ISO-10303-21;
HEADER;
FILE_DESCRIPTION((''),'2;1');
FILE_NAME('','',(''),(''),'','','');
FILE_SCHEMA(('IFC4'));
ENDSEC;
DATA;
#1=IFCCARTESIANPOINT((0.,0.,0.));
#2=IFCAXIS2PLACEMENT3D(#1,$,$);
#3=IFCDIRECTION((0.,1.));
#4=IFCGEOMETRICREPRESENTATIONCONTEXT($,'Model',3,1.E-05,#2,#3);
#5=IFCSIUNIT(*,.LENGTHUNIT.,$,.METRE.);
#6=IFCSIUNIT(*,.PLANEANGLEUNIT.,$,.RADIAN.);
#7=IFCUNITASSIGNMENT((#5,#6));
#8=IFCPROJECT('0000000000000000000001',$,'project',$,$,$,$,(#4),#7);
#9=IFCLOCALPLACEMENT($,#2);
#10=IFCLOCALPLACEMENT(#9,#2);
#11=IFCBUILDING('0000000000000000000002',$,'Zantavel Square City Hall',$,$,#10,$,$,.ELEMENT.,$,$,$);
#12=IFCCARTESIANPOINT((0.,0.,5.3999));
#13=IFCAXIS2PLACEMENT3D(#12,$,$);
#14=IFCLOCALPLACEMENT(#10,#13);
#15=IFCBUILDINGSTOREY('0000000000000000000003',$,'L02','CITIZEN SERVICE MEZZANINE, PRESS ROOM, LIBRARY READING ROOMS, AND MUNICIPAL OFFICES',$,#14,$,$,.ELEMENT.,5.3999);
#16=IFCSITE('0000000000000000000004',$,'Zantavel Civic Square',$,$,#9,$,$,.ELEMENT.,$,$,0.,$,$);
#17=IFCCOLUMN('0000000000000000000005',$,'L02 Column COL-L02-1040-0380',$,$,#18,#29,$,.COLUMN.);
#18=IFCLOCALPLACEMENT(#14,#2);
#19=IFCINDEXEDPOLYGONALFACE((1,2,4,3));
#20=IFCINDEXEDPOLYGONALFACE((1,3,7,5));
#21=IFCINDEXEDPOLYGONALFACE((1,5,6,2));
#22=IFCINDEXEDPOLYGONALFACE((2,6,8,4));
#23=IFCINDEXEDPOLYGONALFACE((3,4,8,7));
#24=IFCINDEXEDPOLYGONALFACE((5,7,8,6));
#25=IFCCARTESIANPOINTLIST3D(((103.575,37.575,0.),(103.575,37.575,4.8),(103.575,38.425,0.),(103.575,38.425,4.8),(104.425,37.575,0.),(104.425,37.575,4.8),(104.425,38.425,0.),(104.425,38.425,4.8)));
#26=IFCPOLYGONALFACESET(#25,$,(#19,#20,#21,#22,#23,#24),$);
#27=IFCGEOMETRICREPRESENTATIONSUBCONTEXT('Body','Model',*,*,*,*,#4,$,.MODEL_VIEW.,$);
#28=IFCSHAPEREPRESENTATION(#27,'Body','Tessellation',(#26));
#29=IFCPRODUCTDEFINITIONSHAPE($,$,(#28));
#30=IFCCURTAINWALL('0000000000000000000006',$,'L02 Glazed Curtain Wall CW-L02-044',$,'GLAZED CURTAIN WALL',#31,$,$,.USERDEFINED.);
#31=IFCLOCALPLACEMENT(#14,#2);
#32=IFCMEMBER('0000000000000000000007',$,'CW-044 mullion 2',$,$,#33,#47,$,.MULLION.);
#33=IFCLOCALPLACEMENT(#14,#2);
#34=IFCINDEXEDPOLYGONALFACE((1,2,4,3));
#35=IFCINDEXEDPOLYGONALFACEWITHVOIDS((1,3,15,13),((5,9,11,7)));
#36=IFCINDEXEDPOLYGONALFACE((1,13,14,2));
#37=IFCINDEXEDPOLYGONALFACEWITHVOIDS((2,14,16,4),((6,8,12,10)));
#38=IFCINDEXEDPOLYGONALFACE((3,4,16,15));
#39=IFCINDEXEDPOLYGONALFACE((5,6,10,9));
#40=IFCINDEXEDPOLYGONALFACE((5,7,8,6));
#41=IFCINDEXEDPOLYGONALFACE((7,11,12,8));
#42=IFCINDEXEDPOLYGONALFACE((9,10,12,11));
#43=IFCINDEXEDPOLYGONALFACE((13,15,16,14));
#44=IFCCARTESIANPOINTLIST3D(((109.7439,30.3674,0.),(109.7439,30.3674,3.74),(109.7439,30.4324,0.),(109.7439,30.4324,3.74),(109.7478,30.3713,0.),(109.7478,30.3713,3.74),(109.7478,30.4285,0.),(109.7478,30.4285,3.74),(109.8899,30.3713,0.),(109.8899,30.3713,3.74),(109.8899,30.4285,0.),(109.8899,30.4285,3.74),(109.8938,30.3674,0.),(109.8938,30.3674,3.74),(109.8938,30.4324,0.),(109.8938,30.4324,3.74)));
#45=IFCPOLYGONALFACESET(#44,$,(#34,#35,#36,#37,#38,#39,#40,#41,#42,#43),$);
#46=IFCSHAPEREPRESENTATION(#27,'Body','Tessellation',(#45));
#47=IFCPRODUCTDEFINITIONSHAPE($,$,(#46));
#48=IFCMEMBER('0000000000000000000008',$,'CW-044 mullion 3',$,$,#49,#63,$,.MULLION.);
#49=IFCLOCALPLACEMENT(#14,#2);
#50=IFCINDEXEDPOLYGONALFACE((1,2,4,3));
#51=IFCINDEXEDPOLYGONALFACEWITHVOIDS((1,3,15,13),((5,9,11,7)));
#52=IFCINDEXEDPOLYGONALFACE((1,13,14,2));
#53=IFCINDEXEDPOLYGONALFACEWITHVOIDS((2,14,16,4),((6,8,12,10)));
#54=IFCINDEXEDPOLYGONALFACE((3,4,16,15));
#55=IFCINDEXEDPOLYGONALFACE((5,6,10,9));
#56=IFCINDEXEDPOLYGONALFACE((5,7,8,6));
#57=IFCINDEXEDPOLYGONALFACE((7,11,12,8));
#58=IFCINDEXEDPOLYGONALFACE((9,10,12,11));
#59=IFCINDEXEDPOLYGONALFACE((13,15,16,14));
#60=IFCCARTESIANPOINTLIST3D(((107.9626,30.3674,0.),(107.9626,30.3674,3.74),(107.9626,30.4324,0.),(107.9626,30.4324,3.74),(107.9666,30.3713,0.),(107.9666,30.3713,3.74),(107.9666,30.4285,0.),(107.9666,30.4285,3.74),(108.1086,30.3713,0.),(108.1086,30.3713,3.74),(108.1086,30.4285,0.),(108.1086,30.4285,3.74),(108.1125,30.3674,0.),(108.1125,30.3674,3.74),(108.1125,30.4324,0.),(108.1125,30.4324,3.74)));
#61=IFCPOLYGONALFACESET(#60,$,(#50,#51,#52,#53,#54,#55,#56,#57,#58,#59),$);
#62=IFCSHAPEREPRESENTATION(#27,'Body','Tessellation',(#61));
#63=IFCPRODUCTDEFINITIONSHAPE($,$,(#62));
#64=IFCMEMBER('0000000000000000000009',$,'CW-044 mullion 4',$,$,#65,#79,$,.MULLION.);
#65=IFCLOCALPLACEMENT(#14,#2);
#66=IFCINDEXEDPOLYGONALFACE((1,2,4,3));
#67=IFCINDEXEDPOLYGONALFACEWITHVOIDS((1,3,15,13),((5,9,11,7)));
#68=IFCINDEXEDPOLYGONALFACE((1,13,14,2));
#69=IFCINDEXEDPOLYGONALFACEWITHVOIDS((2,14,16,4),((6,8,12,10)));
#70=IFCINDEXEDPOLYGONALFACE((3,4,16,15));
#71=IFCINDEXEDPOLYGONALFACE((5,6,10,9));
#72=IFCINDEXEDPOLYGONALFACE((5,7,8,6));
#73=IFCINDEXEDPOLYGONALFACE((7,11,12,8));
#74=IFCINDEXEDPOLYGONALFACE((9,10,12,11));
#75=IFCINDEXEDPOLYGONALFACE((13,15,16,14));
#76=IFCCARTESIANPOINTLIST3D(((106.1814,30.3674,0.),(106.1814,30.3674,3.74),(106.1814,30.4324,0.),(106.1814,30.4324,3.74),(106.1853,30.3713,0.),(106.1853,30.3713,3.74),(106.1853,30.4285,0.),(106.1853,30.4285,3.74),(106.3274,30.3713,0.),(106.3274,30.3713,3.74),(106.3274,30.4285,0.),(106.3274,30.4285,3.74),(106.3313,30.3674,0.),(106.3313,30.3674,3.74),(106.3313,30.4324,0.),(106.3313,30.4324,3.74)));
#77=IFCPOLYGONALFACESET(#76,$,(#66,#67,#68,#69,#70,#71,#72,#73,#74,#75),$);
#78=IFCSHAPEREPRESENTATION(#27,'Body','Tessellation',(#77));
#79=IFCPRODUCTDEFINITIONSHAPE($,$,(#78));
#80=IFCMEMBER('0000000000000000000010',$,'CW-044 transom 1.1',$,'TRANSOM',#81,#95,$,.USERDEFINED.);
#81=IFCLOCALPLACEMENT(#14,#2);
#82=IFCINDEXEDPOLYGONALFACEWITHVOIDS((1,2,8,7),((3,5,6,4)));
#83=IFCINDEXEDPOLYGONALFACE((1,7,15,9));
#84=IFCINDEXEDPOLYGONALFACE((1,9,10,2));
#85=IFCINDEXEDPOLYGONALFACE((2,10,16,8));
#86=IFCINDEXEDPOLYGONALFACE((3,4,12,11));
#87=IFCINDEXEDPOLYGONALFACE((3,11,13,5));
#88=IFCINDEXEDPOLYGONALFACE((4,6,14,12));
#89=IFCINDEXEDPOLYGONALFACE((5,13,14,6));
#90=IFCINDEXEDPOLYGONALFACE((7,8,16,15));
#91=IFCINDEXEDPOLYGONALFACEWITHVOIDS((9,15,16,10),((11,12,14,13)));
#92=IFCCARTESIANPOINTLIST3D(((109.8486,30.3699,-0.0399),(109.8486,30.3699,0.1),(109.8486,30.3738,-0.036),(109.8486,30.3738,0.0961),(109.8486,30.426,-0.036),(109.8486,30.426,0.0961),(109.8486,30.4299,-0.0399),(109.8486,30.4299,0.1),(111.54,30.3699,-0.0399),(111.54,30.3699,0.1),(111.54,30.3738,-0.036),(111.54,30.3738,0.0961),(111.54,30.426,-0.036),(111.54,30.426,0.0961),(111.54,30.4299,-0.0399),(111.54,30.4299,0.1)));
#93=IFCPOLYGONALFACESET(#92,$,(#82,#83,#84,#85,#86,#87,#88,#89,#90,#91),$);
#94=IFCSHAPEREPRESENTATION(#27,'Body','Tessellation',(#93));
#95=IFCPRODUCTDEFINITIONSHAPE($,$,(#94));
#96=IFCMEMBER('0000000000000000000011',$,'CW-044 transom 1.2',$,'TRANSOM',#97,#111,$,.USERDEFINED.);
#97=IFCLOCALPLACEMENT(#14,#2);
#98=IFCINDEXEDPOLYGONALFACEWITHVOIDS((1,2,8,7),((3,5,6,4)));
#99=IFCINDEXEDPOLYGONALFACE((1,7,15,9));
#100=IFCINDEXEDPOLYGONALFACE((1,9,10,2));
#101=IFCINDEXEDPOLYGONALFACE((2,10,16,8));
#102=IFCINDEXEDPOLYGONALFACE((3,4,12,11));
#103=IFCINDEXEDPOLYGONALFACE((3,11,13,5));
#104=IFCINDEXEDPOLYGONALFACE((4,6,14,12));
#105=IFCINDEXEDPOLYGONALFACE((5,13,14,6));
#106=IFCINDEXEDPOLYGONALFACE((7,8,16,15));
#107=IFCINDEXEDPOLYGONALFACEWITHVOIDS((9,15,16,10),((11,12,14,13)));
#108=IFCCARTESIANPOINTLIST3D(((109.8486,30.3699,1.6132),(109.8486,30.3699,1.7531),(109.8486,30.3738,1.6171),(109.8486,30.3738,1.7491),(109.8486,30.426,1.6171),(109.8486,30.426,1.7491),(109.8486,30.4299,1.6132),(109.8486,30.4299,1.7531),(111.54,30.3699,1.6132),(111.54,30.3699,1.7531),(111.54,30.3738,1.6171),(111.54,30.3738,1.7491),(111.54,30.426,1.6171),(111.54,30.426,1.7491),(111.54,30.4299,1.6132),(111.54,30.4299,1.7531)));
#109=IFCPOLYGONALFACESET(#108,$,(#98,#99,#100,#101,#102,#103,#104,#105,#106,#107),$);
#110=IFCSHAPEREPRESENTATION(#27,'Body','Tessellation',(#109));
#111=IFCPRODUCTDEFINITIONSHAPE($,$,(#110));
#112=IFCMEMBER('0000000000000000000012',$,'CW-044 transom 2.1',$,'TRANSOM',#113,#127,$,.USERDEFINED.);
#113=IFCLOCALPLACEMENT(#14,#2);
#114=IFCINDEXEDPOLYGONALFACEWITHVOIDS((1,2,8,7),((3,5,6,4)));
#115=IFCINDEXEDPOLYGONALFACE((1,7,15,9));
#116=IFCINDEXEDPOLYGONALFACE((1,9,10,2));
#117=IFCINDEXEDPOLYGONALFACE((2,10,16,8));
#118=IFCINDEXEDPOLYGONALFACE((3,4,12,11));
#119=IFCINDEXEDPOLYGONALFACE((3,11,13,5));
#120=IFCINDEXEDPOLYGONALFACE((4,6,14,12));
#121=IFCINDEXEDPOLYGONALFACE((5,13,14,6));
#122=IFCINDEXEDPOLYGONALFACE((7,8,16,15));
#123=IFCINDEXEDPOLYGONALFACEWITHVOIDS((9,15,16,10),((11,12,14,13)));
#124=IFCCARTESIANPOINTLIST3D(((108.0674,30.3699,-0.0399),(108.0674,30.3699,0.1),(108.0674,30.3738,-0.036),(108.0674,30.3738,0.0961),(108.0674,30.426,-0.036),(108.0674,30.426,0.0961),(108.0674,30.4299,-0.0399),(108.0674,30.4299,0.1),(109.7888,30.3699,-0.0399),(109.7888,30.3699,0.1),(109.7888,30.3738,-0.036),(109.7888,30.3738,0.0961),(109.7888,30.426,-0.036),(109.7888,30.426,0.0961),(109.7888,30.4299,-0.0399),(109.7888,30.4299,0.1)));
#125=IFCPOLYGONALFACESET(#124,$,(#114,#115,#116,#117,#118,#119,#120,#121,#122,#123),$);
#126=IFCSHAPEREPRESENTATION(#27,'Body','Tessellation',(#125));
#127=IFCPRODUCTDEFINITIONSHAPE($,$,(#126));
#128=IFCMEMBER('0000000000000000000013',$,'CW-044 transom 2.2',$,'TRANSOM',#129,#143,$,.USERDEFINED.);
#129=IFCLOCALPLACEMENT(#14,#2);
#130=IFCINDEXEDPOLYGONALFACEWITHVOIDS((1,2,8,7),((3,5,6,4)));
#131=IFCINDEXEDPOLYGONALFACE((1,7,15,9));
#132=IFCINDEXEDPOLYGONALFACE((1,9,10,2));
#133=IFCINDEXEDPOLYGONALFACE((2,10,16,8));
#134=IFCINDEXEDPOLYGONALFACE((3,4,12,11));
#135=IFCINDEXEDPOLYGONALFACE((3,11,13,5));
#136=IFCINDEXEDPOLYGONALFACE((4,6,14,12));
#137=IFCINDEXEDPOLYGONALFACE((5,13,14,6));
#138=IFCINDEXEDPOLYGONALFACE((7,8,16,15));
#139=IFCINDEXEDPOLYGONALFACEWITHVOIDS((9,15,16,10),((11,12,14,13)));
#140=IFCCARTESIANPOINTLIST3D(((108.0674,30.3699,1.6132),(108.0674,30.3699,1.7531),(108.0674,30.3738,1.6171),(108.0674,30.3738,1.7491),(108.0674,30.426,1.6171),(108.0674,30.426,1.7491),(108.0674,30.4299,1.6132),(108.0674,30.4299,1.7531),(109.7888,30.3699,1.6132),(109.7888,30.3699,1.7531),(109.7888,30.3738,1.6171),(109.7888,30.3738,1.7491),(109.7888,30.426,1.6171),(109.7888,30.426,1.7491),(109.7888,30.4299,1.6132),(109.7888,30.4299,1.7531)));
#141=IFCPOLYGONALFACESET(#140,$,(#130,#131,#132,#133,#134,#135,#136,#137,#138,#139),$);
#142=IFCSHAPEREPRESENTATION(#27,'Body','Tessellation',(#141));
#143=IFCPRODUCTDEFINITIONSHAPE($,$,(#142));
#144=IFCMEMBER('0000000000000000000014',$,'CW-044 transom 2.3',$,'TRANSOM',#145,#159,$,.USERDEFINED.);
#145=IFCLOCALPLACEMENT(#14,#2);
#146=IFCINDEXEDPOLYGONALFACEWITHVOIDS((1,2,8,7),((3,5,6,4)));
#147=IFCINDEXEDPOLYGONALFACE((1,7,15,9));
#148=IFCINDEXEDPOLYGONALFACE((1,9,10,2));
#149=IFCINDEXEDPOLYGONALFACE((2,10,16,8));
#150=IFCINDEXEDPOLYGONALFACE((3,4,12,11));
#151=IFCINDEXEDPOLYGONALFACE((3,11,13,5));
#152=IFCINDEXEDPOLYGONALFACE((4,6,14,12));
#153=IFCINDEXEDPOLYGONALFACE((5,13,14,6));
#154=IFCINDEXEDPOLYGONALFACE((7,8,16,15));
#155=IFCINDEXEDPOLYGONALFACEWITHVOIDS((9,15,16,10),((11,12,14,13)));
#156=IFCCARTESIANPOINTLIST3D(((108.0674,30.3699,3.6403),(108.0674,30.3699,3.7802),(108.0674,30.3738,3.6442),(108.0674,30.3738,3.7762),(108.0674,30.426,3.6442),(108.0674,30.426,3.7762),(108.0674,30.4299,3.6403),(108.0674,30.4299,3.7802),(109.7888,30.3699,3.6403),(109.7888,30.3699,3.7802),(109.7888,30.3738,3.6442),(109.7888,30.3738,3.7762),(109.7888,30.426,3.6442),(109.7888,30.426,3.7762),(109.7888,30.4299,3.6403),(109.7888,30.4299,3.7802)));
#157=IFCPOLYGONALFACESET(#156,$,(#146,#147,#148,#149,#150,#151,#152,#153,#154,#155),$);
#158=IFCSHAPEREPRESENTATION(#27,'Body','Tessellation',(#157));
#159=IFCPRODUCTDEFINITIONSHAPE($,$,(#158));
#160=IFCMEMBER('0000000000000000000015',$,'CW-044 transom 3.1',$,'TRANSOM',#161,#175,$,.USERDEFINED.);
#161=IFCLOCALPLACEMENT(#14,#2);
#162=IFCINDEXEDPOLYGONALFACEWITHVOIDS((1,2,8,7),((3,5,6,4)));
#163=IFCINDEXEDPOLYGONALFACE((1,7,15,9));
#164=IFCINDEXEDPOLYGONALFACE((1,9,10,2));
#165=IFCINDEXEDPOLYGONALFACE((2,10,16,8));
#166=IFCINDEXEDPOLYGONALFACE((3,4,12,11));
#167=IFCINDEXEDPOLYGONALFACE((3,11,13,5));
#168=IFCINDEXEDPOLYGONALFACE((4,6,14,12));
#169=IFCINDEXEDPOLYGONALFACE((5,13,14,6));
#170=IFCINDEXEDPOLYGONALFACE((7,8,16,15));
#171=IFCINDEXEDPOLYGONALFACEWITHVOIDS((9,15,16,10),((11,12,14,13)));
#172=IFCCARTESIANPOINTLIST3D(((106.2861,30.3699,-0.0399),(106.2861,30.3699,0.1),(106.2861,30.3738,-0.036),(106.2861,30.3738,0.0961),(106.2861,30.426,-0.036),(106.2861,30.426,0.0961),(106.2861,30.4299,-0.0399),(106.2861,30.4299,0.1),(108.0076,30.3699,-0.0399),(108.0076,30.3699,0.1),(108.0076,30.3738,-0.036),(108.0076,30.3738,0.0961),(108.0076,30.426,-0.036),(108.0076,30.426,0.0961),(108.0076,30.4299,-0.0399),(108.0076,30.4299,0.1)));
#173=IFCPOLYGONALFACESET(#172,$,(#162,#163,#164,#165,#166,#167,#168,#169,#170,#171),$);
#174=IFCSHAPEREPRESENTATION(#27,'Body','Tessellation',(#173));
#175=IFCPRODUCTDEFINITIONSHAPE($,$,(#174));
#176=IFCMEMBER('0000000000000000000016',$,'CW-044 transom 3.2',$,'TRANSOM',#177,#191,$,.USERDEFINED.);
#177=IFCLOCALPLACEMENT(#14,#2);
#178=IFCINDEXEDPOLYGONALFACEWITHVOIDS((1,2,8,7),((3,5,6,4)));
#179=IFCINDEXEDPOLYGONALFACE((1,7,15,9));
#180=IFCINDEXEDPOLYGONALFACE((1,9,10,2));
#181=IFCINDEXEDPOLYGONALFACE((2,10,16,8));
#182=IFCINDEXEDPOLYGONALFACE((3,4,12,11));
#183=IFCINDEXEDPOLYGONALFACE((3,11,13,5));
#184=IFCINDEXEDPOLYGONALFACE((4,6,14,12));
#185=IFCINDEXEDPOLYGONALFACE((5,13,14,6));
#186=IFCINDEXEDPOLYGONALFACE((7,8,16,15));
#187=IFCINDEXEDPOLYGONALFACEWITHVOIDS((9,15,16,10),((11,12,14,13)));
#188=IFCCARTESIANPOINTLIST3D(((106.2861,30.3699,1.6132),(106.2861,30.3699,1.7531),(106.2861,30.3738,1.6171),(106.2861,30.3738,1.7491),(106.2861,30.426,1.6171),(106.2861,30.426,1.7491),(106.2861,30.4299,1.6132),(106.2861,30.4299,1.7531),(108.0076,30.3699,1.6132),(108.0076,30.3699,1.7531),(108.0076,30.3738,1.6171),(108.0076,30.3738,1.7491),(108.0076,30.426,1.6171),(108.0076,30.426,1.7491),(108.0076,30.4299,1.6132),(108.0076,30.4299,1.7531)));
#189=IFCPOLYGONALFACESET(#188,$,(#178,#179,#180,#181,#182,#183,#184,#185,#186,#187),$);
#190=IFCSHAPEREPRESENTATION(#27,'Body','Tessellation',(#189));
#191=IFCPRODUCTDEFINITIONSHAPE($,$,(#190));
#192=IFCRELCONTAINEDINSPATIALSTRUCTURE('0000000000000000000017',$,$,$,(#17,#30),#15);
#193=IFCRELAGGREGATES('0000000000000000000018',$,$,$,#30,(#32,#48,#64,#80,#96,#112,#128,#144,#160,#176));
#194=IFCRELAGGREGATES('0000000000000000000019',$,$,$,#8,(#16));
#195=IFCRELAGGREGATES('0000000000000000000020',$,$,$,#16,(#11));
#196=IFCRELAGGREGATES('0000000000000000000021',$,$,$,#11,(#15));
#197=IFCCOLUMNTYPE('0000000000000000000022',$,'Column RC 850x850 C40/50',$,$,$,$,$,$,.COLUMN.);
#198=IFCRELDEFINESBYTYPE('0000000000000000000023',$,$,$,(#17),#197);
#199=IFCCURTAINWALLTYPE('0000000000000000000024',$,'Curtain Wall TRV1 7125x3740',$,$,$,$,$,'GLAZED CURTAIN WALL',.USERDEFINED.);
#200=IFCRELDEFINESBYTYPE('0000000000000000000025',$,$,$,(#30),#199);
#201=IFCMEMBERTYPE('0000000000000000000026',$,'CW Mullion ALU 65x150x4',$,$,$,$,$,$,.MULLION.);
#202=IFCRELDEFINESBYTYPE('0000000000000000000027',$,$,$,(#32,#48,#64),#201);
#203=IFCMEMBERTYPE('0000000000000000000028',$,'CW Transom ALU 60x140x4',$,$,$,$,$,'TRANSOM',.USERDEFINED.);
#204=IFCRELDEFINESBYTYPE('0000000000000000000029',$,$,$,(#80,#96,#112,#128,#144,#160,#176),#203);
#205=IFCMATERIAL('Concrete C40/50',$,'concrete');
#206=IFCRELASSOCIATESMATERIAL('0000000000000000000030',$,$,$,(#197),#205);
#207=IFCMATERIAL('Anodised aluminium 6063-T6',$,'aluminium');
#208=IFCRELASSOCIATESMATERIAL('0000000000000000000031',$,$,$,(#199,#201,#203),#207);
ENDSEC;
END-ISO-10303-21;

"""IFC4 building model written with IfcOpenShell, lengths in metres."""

from ifc_helpers import new_model, si_unit, direction, frame, origin, origin_2d, place, context, subcontext, project, spatial, rectangle, hollow_rectangle, extrude, material, material_profile, profile_set, type_object, element, aggregate, save


model = new_model("IFC4")

# Units and contexts
model_context = context("Model", 3, precision=1e-05, world=origin(), true_north=direction((0.0, 1.0)))
body_context = subcontext(model_context, "Body", "Model", "MODEL_VIEW")
ifc_project = project(units=[si_unit("LENGTHUNIT", "METRE"), si_unit("PLANEANGLEUNIT", "RADIAN")], contexts=[model_context])

# Site, building, storey
site_placement = place(None, origin())
site = spatial("IfcSite", under=ifc_project, at=site_placement, Name="Zantavel Civic Square", CompositionType="ELEMENT", RefElevation=0.0)
building_placement = place(site_placement, origin())
building = spatial("IfcBuilding", under=site, at=building_placement, Name="Zantavel Square City Hall", CompositionType="ELEMENT")
storey_placement = place(building_placement, frame((0.0, 0.0, 5.3999)))
storey = spatial("IfcBuildingStorey", under=building, at=storey_placement, Name="L02", Description="CITIZEN SERVICE MEZZANINE, PRESS ROOM, LIBRARY READING ROOMS, AND MUNICIPAL OFFICES", CompositionType="ELEMENT", Elevation=5.3999)

# Column
ifc_material_1 = material(Name="Concrete C40/50", Category="concrete")
ifc_material_profile_1 = material_profile(ifc_material_1, rectangle(XDim=0.8501, YDim=0.8501, at=origin_2d()), Name="RC 850x850")
ifc_profile_set_1 = profile_set([ifc_material_profile_1], Name="Concrete C40/50")
column_type = type_object("IfcColumnType", Name="Column RC 850x850 C40/50", PredefinedType="COLUMN", material=ifc_profile_set_1)
column_placement = place(storey_placement, frame((104.0, 38.0, 0.0), z_axis=(0.0, 0.0, 1.0), x_axis=(1.0, 0.0, 0.0)))
element("IfcColumn", 1, at=column_placement, inside=storey, type_object=column_type, Name="L02 Column COL-L02-1040-0380", PredefinedType="COLUMN", context=body_context, shape_type="SweptSolid", body=[
    extrude(rectangle(XDim=0.8501, YDim=0.8501, at=origin_2d()), origin(), (0.0, 0.0, 1.0), 4.8),
])

# Curtain wall, members
ifc_material_2 = material(Name="Anodised aluminium 6063-T6", Category="aluminium")
curtain_wall_type = type_object("IfcCurtainWallType", Name="Curtain Wall TRV1 7125x3740", ElementType="GLAZED CURTAIN WALL", PredefinedType="USERDEFINED", material=ifc_material_2)
curtain_wall_placement = place(storey_placement, origin())
curtain_wall = element("IfcCurtainWall", 2, at=curtain_wall_placement, inside=storey, type_object=curtain_wall_type, Name="L02 Glazed Curtain Wall CW-L02-044", ObjectType="GLAZED CURTAIN WALL", PredefinedType="USERDEFINED")
ifc_material_profile_2 = material_profile(ifc_material_2, hollow_rectangle(XDim=0.0649, YDim=0.1499, WallThickness=0.0039, at=origin_2d()), Name="ALU 65x150x4")
ifc_profile_set_2 = profile_set([ifc_material_profile_2], Name="Anodised aluminium 6063-T6")
member_type_1 = type_object("IfcMemberType", Name="CW Mullion ALU 65x150x4", PredefinedType="MULLION", material=ifc_profile_set_2)
member_1_placement = place(storey_placement, frame((109.8188, 30.3999, 0.0), z_axis=(0.0, 0.0, 1.0), x_axis=(0.0, -1.0, 0.0)))
member_1 = element("IfcMember", 3, at=member_1_placement, type_object=member_type_1, Name="CW-044 mullion 2", PredefinedType="MULLION", context=body_context, shape_type="SweptSolid", body=[
    extrude(hollow_rectangle(XDim=0.0649, YDim=0.1499, WallThickness=0.0039, at=origin_2d()), origin(), (0.0, 0.0, 1.0), 3.74),
])
member_2_placement = place(storey_placement, frame((108.0376, 30.3999, 0.0), z_axis=(0.0, 0.0, 1.0), x_axis=(0.0, -1.0, 0.0)))
member_2 = element("IfcMember", 4, at=member_2_placement, type_object=member_type_1, Name="CW-044 mullion 3", PredefinedType="MULLION", context=body_context, shape_type="SweptSolid", body=[
    extrude(hollow_rectangle(XDim=0.0649, YDim=0.1499, WallThickness=0.0039, at=origin_2d()), origin(), (0.0, 0.0, 1.0), 3.74),
])
member_3_placement = place(storey_placement, frame((106.2563, 30.3999, 0.0), z_axis=(0.0, 0.0, 1.0), x_axis=(0.0, -1.0, 0.0)))
member_3 = element("IfcMember", 5, at=member_3_placement, type_object=member_type_1, Name="CW-044 mullion 4", PredefinedType="MULLION", context=body_context, shape_type="SweptSolid", body=[
    extrude(hollow_rectangle(XDim=0.0649, YDim=0.1499, WallThickness=0.0039, at=origin_2d()), origin(), (0.0, 0.0, 1.0), 3.74),
])
ifc_material_profile_3 = material_profile(ifc_material_2, hollow_rectangle(XDim=0.0601, YDim=0.1399, WallThickness=0.0039, at=origin_2d()), Name="ALU 60x140x4")
ifc_profile_set_3 = profile_set([ifc_material_profile_3], Name="Anodised aluminium 6063-T6")
member_type_2 = type_object("IfcMemberType", Name="CW Transom ALU 60x140x4", ElementType="TRANSOM", PredefinedType="USERDEFINED", material=ifc_profile_set_3)
member_4_placement = place(storey_placement, frame((111.54, 30.3999, 0.03), z_axis=(-1.0, 0.0, 0.0), x_axis=(0.0, -1.0, 0.0)))
member_4 = element("IfcMember", 6, at=member_4_placement, type_object=member_type_2, Name="CW-044 transom 1.1", ObjectType="TRANSOM", PredefinedType="USERDEFINED", context=body_context, shape_type="SweptSolid", body=[
    extrude(hollow_rectangle(XDim=0.0601, YDim=0.1399, WallThickness=0.0039, at=origin_2d()), origin(), (0.0, 0.0, 1.0), 1.6914),
])
member_5_placement = place(storey_placement, frame((111.54, 30.3999, 1.6831), z_axis=(-1.0, 0.0, 0.0), x_axis=(0.0, -1.0, 0.0)))
member_5 = element("IfcMember", 7, at=member_5_placement, type_object=member_type_2, Name="CW-044 transom 1.2", ObjectType="TRANSOM", PredefinedType="USERDEFINED", context=body_context, shape_type="SweptSolid", body=[
    extrude(hollow_rectangle(XDim=0.0601, YDim=0.1399, WallThickness=0.0039, at=origin_2d()), origin(), (0.0, 0.0, 1.0), 1.6914),
])
member_6_placement = place(storey_placement, frame((109.7888, 30.3999, 0.03), z_axis=(-1.0, 0.0, 0.0), x_axis=(0.0, -1.0, 0.0)))
member_6 = element("IfcMember", 8, at=member_6_placement, type_object=member_type_2, Name="CW-044 transom 2.1", ObjectType="TRANSOM", PredefinedType="USERDEFINED", context=body_context, shape_type="SweptSolid", body=[
    extrude(hollow_rectangle(XDim=0.0601, YDim=0.1399, WallThickness=0.0039, at=origin_2d()), origin(), (0.0, 0.0, 1.0), 1.7214),
])
member_7_placement = place(storey_placement, frame((109.7888, 30.3999, 1.6831), z_axis=(-1.0, 0.0, 0.0), x_axis=(0.0, -1.0, 0.0)))
member_7 = element("IfcMember", 9, at=member_7_placement, type_object=member_type_2, Name="CW-044 transom 2.2", ObjectType="TRANSOM", PredefinedType="USERDEFINED", context=body_context, shape_type="SweptSolid", body=[
    extrude(hollow_rectangle(XDim=0.0601, YDim=0.1399, WallThickness=0.0039, at=origin_2d()), origin(), (0.0, 0.0, 1.0), 1.7214),
])
member_8_placement = place(storey_placement, frame((109.7888, 30.3999, 3.7102), z_axis=(-1.0, 0.0, 0.0), x_axis=(0.0, -1.0, 0.0)))
member_8 = element("IfcMember", 10, at=member_8_placement, type_object=member_type_2, Name="CW-044 transom 2.3", ObjectType="TRANSOM", PredefinedType="USERDEFINED", context=body_context, shape_type="SweptSolid", body=[
    extrude(hollow_rectangle(XDim=0.0601, YDim=0.1399, WallThickness=0.0039, at=origin_2d()), origin(), (0.0, 0.0, 1.0), 1.7214),
])
member_9_placement = place(storey_placement, frame((108.0076, 30.3999, 0.03), z_axis=(-1.0, 0.0, 0.0), x_axis=(0.0, -1.0, 0.0)))
member_9 = element("IfcMember", 11, at=member_9_placement, type_object=member_type_2, Name="CW-044 transom 3.1", ObjectType="TRANSOM", PredefinedType="USERDEFINED", context=body_context, shape_type="SweptSolid", body=[
    extrude(hollow_rectangle(XDim=0.0601, YDim=0.1399, WallThickness=0.0039, at=origin_2d()), origin(), (0.0, 0.0, 1.0), 1.7214),
])
member_10_placement = place(storey_placement, frame((108.0076, 30.3999, 1.6831), z_axis=(-1.0, 0.0, 0.0), x_axis=(0.0, -1.0, 0.0)))
member_10 = element("IfcMember", 12, at=member_10_placement, type_object=member_type_2, Name="CW-044 transom 3.2", ObjectType="TRANSOM", PredefinedType="USERDEFINED", context=body_context, shape_type="SweptSolid", body=[
    extrude(hollow_rectangle(XDim=0.0601, YDim=0.1399, WallThickness=0.0039, at=origin_2d()), origin(), (0.0, 0.0, 1.0), 1.7214),
])

aggregate(curtain_wall, [member_1, member_2, member_3, member_4, member_5, member_6, member_7, member_8, member_9, member_10])

save(model, "model.ifc")
